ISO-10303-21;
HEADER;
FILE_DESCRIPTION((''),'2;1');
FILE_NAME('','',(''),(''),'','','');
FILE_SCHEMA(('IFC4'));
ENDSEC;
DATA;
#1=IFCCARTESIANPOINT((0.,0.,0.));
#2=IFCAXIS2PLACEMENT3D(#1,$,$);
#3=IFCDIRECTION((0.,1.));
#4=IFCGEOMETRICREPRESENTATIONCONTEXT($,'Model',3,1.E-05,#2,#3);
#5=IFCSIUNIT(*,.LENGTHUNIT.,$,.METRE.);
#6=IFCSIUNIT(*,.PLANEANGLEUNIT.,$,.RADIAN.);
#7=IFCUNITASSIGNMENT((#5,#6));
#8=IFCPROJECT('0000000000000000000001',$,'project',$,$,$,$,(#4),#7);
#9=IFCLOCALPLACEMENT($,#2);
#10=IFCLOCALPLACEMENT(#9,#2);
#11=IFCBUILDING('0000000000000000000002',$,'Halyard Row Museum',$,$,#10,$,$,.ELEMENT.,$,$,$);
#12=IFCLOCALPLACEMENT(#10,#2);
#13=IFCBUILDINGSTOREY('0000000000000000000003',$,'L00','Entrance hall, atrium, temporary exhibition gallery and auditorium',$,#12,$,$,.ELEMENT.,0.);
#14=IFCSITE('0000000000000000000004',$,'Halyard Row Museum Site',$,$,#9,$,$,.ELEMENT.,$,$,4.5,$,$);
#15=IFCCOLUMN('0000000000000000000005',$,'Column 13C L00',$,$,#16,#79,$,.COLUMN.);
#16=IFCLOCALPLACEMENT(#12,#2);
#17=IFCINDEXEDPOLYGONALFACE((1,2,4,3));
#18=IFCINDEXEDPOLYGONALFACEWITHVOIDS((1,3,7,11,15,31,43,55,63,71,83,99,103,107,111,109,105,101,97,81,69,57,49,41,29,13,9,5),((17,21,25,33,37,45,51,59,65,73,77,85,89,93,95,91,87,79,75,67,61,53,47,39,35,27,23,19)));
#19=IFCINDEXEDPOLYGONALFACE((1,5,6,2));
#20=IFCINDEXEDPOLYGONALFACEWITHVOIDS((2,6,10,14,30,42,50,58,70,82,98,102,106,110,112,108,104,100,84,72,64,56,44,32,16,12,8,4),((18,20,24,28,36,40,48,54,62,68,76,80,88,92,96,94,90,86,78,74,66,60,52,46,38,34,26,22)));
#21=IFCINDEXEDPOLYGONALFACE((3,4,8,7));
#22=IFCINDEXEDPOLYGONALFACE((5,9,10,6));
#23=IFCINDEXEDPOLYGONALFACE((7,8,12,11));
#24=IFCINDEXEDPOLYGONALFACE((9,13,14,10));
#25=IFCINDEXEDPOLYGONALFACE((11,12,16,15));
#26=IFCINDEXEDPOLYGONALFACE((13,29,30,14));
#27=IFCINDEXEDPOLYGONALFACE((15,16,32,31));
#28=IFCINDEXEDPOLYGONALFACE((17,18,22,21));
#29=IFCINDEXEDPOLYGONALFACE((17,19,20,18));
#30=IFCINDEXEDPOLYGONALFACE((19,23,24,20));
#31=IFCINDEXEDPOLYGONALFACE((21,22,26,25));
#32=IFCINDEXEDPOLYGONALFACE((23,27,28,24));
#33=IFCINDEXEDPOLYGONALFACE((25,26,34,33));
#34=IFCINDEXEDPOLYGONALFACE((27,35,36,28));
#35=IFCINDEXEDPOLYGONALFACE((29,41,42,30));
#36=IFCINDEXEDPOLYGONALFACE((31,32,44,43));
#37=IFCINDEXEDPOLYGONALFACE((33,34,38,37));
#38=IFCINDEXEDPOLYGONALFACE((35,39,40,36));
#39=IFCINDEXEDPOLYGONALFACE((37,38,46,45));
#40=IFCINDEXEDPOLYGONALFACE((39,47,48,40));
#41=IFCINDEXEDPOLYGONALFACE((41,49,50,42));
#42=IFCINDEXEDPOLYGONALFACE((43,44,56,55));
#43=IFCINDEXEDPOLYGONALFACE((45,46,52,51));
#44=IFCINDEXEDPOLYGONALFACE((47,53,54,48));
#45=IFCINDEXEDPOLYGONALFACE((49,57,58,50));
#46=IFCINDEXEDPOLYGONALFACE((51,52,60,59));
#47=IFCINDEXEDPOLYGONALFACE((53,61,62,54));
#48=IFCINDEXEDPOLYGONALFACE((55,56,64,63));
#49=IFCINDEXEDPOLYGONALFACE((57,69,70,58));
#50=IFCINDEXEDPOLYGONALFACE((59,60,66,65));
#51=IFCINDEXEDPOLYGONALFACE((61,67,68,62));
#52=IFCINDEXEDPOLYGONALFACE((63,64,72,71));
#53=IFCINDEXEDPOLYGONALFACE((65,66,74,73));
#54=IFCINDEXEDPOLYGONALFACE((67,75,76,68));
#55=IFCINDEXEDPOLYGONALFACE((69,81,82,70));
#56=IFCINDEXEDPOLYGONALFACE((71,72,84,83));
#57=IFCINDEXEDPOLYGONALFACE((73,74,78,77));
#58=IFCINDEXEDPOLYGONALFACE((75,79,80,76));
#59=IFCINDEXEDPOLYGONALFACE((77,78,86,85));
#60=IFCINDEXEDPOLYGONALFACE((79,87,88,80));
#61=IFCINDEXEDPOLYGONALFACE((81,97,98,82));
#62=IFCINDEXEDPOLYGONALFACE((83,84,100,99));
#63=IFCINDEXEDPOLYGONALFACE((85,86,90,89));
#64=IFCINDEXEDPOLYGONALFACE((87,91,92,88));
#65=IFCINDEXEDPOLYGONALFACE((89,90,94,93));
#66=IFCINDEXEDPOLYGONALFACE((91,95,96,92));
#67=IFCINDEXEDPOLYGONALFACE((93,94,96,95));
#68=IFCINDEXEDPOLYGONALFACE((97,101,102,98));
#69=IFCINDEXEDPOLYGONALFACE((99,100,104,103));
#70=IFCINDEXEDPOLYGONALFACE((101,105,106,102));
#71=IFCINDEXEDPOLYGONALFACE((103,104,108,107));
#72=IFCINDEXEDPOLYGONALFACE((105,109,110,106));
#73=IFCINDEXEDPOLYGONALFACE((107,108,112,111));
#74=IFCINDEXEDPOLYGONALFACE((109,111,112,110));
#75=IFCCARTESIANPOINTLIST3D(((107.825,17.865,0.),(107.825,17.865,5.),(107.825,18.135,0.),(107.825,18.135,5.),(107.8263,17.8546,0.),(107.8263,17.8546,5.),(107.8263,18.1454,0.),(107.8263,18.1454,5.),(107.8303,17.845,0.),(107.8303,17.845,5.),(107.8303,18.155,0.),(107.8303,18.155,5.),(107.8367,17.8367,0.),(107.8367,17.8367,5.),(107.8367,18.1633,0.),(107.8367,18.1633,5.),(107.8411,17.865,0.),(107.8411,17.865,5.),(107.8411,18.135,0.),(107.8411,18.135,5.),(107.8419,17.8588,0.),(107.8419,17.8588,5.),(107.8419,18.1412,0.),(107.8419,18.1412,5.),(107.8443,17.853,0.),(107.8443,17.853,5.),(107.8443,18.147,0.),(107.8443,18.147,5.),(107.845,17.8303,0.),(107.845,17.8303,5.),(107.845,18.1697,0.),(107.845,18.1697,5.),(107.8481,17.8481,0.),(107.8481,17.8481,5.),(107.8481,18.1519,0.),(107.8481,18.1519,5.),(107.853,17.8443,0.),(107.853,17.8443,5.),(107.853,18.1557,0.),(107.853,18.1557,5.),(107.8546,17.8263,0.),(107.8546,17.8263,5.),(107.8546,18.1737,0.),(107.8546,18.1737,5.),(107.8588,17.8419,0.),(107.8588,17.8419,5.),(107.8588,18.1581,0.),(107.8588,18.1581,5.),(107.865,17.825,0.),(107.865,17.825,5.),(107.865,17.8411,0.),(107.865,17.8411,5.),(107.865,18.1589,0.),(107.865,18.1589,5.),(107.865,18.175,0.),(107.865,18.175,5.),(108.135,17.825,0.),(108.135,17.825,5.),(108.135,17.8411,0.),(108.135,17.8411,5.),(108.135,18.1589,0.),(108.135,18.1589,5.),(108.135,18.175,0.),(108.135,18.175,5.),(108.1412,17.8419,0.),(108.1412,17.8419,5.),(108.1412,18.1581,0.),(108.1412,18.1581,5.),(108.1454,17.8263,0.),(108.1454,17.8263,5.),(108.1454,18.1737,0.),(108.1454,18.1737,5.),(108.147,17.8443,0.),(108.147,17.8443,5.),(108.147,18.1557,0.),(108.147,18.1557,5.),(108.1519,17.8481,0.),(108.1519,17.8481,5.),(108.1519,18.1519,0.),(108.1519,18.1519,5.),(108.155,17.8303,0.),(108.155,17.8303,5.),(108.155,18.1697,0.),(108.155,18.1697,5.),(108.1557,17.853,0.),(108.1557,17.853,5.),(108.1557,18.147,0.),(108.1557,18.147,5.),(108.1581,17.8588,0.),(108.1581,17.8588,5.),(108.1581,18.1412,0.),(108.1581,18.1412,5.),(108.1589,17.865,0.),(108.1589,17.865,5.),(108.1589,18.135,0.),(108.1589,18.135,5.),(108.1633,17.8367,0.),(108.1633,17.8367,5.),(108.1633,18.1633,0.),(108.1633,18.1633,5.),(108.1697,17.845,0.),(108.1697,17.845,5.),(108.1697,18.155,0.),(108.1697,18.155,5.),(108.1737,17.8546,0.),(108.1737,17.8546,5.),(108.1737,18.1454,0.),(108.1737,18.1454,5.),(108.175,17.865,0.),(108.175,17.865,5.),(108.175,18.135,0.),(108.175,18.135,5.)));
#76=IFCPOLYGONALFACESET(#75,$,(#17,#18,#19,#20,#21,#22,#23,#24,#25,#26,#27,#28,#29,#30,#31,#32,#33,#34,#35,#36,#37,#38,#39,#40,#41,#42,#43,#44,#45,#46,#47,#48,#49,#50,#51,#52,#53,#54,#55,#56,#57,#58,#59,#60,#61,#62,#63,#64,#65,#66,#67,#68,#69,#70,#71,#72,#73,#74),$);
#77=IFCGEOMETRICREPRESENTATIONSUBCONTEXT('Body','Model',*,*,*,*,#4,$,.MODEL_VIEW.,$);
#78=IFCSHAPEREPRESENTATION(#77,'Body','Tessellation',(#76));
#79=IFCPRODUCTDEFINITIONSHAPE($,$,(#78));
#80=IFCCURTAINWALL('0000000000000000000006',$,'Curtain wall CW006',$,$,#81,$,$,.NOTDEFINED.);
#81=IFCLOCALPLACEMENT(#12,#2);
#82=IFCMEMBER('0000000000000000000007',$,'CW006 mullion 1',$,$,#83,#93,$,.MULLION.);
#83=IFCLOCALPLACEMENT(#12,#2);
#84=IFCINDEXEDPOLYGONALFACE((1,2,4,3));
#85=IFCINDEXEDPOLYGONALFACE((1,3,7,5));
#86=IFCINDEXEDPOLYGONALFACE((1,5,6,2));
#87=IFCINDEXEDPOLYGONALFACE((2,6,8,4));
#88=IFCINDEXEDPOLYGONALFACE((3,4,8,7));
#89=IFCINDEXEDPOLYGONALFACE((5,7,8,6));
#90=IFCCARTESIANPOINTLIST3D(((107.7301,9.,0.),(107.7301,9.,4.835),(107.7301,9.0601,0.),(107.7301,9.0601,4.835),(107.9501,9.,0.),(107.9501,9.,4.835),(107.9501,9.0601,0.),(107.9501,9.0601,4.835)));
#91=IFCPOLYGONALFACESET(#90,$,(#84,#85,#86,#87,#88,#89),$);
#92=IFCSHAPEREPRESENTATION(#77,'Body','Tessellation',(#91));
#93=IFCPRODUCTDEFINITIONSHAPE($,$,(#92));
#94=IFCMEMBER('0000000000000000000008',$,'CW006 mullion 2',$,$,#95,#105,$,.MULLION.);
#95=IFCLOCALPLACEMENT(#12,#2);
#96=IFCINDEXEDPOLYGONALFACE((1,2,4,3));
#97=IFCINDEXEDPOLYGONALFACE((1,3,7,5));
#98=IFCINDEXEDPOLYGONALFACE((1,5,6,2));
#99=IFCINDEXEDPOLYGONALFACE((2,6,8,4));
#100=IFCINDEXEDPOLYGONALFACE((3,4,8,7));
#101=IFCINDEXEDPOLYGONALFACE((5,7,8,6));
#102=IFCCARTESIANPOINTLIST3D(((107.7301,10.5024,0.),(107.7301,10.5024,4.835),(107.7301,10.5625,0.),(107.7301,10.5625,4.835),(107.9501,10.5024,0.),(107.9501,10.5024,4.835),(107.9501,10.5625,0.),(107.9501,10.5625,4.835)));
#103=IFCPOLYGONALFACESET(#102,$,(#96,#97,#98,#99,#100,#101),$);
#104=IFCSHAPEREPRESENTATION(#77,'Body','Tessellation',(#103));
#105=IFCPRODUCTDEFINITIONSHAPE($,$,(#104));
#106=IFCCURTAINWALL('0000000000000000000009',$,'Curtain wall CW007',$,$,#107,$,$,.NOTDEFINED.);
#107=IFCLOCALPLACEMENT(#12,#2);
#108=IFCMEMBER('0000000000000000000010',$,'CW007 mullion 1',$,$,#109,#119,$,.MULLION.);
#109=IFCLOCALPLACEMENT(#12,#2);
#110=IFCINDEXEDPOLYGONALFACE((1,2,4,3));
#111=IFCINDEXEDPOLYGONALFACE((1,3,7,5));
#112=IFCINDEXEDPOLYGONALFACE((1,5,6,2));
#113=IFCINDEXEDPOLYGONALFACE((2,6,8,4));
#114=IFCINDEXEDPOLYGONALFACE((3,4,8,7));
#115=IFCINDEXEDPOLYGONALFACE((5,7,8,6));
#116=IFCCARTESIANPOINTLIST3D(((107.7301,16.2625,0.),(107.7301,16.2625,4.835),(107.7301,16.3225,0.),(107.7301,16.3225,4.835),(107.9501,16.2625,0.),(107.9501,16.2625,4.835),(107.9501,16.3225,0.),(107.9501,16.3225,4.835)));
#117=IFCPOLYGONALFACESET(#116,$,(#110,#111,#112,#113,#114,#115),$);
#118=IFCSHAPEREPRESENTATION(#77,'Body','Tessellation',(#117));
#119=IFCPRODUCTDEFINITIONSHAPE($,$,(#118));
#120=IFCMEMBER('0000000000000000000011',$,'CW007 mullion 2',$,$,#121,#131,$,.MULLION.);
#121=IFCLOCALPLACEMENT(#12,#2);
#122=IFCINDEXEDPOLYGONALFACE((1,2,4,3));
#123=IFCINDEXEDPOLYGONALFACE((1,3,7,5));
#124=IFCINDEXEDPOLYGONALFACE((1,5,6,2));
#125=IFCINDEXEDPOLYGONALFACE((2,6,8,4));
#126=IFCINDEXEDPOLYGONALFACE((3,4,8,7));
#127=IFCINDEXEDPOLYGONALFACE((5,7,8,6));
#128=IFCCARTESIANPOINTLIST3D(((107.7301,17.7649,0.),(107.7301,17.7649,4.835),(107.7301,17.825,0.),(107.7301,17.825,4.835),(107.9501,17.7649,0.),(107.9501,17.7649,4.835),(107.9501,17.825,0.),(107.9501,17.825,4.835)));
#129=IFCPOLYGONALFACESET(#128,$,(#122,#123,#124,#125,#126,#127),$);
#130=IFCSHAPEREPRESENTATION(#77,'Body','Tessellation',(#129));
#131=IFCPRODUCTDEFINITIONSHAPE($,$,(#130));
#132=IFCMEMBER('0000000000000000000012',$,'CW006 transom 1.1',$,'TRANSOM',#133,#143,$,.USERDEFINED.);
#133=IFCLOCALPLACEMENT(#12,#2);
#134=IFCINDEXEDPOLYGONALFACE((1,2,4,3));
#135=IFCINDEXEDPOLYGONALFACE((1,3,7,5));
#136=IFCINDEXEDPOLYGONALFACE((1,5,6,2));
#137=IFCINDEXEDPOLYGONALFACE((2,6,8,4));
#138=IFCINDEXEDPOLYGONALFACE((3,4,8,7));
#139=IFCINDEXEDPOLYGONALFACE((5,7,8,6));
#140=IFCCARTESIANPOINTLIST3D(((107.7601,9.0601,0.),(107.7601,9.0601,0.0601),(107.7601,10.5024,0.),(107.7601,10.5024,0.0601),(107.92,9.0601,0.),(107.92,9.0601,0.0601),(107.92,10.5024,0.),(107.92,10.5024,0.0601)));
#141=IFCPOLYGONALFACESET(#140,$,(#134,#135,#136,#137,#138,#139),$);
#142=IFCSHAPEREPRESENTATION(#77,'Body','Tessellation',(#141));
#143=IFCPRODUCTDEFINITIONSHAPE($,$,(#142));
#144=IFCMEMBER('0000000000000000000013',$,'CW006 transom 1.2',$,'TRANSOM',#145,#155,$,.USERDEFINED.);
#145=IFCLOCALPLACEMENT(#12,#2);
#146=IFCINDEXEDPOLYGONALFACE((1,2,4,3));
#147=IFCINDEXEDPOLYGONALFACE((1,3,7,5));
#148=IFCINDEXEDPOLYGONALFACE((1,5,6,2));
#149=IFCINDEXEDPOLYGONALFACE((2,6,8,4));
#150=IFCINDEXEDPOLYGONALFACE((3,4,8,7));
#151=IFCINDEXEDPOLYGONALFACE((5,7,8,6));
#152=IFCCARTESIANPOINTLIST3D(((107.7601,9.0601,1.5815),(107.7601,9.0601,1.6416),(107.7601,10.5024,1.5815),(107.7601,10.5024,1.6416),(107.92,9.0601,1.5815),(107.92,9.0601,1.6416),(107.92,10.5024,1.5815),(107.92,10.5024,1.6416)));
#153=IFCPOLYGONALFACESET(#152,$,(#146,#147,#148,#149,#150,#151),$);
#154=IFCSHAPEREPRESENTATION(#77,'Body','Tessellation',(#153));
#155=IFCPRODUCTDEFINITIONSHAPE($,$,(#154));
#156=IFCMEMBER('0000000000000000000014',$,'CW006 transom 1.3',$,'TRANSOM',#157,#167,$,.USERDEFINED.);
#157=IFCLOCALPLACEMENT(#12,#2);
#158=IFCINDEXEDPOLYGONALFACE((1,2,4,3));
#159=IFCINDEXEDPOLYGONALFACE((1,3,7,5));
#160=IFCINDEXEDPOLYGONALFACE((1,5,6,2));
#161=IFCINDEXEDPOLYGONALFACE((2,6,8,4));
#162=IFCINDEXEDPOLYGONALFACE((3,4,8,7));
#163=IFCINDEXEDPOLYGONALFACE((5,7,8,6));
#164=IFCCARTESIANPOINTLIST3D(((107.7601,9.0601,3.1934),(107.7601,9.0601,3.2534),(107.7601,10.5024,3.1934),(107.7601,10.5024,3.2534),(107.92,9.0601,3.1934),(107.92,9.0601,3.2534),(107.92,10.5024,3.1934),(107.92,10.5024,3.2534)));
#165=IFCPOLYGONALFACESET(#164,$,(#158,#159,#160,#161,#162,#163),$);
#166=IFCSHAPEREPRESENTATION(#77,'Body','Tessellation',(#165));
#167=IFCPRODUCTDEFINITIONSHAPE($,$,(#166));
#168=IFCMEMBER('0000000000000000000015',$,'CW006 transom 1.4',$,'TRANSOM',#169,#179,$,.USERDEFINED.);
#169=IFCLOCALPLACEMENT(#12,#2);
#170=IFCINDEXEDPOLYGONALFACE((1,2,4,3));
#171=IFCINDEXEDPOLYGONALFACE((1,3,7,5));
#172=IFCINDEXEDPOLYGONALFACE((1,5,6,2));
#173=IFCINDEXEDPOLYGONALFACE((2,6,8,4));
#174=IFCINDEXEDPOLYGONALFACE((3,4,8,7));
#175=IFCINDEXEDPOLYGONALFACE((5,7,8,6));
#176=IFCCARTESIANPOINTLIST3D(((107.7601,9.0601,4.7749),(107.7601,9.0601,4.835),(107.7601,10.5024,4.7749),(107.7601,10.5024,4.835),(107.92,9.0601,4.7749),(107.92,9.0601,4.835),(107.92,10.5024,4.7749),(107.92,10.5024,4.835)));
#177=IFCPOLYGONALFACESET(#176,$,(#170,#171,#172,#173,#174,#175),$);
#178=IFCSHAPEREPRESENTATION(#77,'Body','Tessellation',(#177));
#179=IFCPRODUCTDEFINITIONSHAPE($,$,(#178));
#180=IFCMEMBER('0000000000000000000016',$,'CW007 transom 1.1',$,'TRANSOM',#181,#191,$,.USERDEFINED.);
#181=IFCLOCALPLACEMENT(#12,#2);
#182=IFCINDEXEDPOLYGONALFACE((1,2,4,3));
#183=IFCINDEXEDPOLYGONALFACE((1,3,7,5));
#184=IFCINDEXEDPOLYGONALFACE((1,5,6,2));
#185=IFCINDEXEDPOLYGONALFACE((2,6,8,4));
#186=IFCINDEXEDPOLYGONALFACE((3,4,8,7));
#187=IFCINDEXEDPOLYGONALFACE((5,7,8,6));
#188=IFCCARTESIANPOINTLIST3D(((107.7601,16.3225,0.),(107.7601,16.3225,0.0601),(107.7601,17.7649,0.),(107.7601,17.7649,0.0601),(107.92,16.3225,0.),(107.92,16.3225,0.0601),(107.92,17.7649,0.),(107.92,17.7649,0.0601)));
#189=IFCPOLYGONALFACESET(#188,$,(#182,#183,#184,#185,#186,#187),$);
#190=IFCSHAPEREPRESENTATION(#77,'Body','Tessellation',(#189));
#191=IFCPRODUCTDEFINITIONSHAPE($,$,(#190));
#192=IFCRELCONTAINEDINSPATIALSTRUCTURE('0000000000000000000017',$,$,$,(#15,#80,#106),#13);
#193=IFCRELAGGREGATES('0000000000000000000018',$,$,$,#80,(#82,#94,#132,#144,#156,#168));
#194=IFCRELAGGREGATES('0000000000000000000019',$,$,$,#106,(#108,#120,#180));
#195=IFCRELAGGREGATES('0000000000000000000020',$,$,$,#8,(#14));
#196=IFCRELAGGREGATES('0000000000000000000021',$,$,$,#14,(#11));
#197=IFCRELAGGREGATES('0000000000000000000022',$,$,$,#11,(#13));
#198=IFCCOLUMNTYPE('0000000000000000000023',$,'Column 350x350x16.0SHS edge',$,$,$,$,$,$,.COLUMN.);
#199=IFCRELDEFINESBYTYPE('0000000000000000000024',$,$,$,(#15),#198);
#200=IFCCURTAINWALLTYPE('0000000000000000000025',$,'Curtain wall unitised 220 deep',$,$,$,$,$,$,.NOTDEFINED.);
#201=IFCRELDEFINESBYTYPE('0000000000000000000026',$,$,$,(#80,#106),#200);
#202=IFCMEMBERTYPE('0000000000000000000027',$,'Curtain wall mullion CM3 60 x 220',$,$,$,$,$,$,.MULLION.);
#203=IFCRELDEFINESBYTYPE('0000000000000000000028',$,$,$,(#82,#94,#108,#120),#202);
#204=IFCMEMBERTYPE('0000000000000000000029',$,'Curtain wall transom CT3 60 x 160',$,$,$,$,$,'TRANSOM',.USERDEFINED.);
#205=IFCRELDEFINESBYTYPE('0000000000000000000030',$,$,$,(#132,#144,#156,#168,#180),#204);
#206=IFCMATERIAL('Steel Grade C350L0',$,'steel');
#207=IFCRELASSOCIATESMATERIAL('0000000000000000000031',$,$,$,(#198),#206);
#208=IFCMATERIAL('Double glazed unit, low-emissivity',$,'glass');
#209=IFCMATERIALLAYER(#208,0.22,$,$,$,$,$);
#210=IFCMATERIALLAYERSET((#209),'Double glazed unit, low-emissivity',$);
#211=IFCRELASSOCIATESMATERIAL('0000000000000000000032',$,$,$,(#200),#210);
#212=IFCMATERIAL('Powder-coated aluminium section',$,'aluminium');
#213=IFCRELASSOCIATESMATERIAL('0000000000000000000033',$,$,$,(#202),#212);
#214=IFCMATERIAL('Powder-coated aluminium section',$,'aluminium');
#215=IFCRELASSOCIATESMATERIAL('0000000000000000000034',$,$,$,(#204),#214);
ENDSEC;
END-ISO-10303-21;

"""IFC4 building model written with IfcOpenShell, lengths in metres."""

from ifc_helpers import new_model, si_unit, direction, frame, origin, origin_2d, place, context, subcontext, project, spatial, rectangle, hollow_rectangle, extrude, material, layer, layer_set, material_profile, profile_set, type_object, element, aggregate, save


model = new_model("IFC4")

# Units and contexts
model_context = context("Model", 3, precision=1e-05, world=origin(), true_north=direction((0.0, 1.0)))
body_context = subcontext(model_context, "Body", "Model", "MODEL_VIEW")
ifc_project = project(units=[si_unit("LENGTHUNIT", "METRE"), si_unit("PLANEANGLEUNIT", "RADIAN")], contexts=[model_context])

# Site, building, storey
site_placement = place(None, origin())
site = spatial("IfcSite", under=ifc_project, at=site_placement, Name="Halyard Row Museum Site", CompositionType="ELEMENT", RefElevation=4.5)
building_placement = place(site_placement, origin())
building = spatial("IfcBuilding", under=site, at=building_placement, Name="Halyard Row Museum", CompositionType="ELEMENT")
storey_placement = place(building_placement, origin())
storey = spatial("IfcBuildingStorey", under=building, at=storey_placement, Name="L00", Description="Entrance hall, atrium, temporary exhibition gallery and auditorium", CompositionType="ELEMENT", Elevation=0.0)

# Column
ifc_material_1 = material(Name="Steel Grade C350L0", Category="steel")
ifc_material_profile_1 = material_profile(ifc_material_1, hollow_rectangle(XDim=0.3501, YDim=0.3501, WallThickness=0.0161, InnerFilletRadius=0.0239, OuterFilletRadius=0.04, at=origin_2d()), Name="350x350x16.0SHS")
ifc_profile_set_1 = profile_set([ifc_material_profile_1], Name="Steel Grade C350L0")
column_type = type_object("IfcColumnType", Name="Column 350x350x16.0SHS edge", PredefinedType="COLUMN", material=ifc_profile_set_1)
column_placement = place(storey_placement, frame((108.0, 18.0, 0.0), z_axis=(0.0, 0.0, 1.0), x_axis=(1.0, 0.0, 0.0)))
element("IfcColumn", 1, at=column_placement, inside=storey, type_object=column_type, Name="Column 13C L00", PredefinedType="COLUMN", context=body_context, shape_type="SweptSolid", body=[
    extrude(hollow_rectangle(XDim=0.3501, YDim=0.3501, WallThickness=0.0161, InnerFilletRadius=0.0239, OuterFilletRadius=0.04, at=origin_2d()), origin(), (0.0, 0.0, 1.0), 5.0),
])

# Curtain walls, members
ifc_material_2 = material(Name="Double glazed unit, low-emissivity", Category="glass")
ifc_layer_1 = layer(ifc_material_2, 0.22)
ifc_layer_set_1 = layer_set([ifc_layer_1], Name="Double glazed unit, low-emissivity")
curtain_wall_type = type_object("IfcCurtainWallType", Name="Curtain wall unitised 220 deep", PredefinedType="NOTDEFINED", material=ifc_layer_set_1)
curtain_wall_1_placement = place(storey_placement, origin())
curtain_wall_1 = element("IfcCurtainWall", 2, at=curtain_wall_1_placement, inside=storey, type_object=curtain_wall_type, Name="Curtain wall CW006", PredefinedType="NOTDEFINED")
ifc_material_3 = material(Name="Powder-coated aluminium section", Category="aluminium")
ifc_material_profile_2 = material_profile(ifc_material_3, rectangle(XDim=0.22, YDim=0.0601, at=origin_2d()), Name="220x60 mullion")
ifc_profile_set_2 = profile_set([ifc_material_profile_2], Name="Powder-coated aluminium section")
member_type_1 = type_object("IfcMemberType", Name="Curtain wall mullion CM3 60 x 220", PredefinedType="MULLION", material=ifc_profile_set_2)
member_1_placement = place(storey_placement, frame((107.8401, 9.03, 0.0), z_axis=(0.0, 0.0, 1.0), x_axis=(-1.0, 0.0, 0.0)))
member_1 = element("IfcMember", 3, at=member_1_placement, type_object=member_type_1, Name="CW006 mullion 1", PredefinedType="MULLION", context=body_context, shape_type="SweptSolid", body=[
    extrude(rectangle(XDim=0.22, YDim=0.0601, at=origin_2d()), origin(), (0.0, 0.0, 1.0), 4.835),
])
member_2_placement = place(storey_placement, frame((107.8401, 10.5325, 0.0), z_axis=(0.0, 0.0, 1.0), x_axis=(-1.0, 0.0, 0.0)))
member_2 = element("IfcMember", 4, at=member_2_placement, type_object=member_type_1, Name="CW006 mullion 2", PredefinedType="MULLION", context=body_context, shape_type="SweptSolid", body=[
    extrude(rectangle(XDim=0.22, YDim=0.0601, at=origin_2d()), origin(), (0.0, 0.0, 1.0), 4.835),
])
curtain_wall_2_placement = place(storey_placement, origin())
curtain_wall_2 = element("IfcCurtainWall", 5, at=curtain_wall_2_placement, inside=storey, type_object=curtain_wall_type, Name="Curtain wall CW007", PredefinedType="NOTDEFINED")
member_3_placement = place(storey_placement, frame((107.8401, 16.2925, 0.0), z_axis=(0.0, 0.0, 1.0), x_axis=(-1.0, 0.0, 0.0)))
member_3 = element("IfcMember", 6, at=member_3_placement, type_object=member_type_1, Name="CW007 mullion 1", PredefinedType="MULLION", context=body_context, shape_type="SweptSolid", body=[
    extrude(rectangle(XDim=0.22, YDim=0.0601, at=origin_2d()), origin(), (0.0, 0.0, 1.0), 4.835),
])
member_4_placement = place(storey_placement, frame((107.8401, 17.7949, 0.0), z_axis=(0.0, 0.0, 1.0), x_axis=(-1.0, 0.0, 0.0)))
member_4 = element("IfcMember", 7, at=member_4_placement, type_object=member_type_1, Name="CW007 mullion 2", PredefinedType="MULLION", context=body_context, shape_type="SweptSolid", body=[
    extrude(rectangle(XDim=0.22, YDim=0.0601, at=origin_2d()), origin(), (0.0, 0.0, 1.0), 4.835),
])

# Members
ifc_material_4 = material(Name="Powder-coated aluminium section", Category="aluminium")
ifc_material_profile_3 = material_profile(ifc_material_4, rectangle(XDim=0.1599, YDim=0.0601, at=origin_2d()), Name="160x60 transom")
ifc_profile_set_3 = profile_set([ifc_material_profile_3], Name="Powder-coated aluminium section")
member_type_2 = type_object("IfcMemberType", Name="Curtain wall transom CT3 60 x 160", ElementType="TRANSOM", PredefinedType="USERDEFINED", material=ifc_profile_set_3)
member_5_placement = place(storey_placement, frame((107.8401, 9.0601, 0.03), z_axis=(0.0, 1.0, 0.0), x_axis=(-1.0, 0.0, 0.0)))
member_5 = element("IfcMember", 8, at=member_5_placement, type_object=member_type_2, Name="CW006 transom 1.1", ObjectType="TRANSOM", PredefinedType="USERDEFINED", context=body_context, shape_type="SweptSolid", body=[
    extrude(rectangle(XDim=0.1599, YDim=0.0601, at=origin_2d()), origin(), (0.0, 0.0, 1.0), 1.4424),
])
member_6_placement = place(storey_placement, frame((107.8401, 9.0601, 1.6116), z_axis=(0.0, 1.0, 0.0), x_axis=(-1.0, 0.0, 0.0)))
member_6 = element("IfcMember", 9, at=member_6_placement, type_object=member_type_2, Name="CW006 transom 1.2", ObjectType="TRANSOM", PredefinedType="USERDEFINED", context=body_context, shape_type="SweptSolid", body=[
    extrude(rectangle(XDim=0.1599, YDim=0.0601, at=origin_2d()), origin(), (0.0, 0.0, 1.0), 1.4424),
])
member_7_placement = place(storey_placement, frame((107.8401, 9.0601, 3.2234), z_axis=(0.0, 1.0, 0.0), x_axis=(-1.0, 0.0, 0.0)))
member_7 = element("IfcMember", 10, at=member_7_placement, type_object=member_type_2, Name="CW006 transom 1.3", ObjectType="TRANSOM", PredefinedType="USERDEFINED", context=body_context, shape_type="SweptSolid", body=[
    extrude(rectangle(XDim=0.1599, YDim=0.0601, at=origin_2d()), origin(), (0.0, 0.0, 1.0), 1.4424),
])
member_8_placement = place(storey_placement, frame((107.8401, 9.0601, 4.8049), z_axis=(0.0, 1.0, 0.0), x_axis=(-1.0, 0.0, 0.0)))
member_8 = element("IfcMember", 11, at=member_8_placement, type_object=member_type_2, Name="CW006 transom 1.4", ObjectType="TRANSOM", PredefinedType="USERDEFINED", context=body_context, shape_type="SweptSolid", body=[
    extrude(rectangle(XDim=0.1599, YDim=0.0601, at=origin_2d()), origin(), (0.0, 0.0, 1.0), 1.4424),
])
member_9_placement = place(storey_placement, frame((107.8401, 16.3225, 0.03), z_axis=(0.0, 1.0, 0.0), x_axis=(-1.0, 0.0, 0.0)))
member_9 = element("IfcMember", 12, at=member_9_placement, type_object=member_type_2, Name="CW007 transom 1.1", ObjectType="TRANSOM", PredefinedType="USERDEFINED", context=body_context, shape_type="SweptSolid", body=[
    extrude(rectangle(XDim=0.1599, YDim=0.0601, at=origin_2d()), origin(), (0.0, 0.0, 1.0), 1.4424),
])

aggregate(curtain_wall_1, [member_1, member_2, member_5, member_6, member_7, member_8])
aggregate(curtain_wall_2, [member_3, member_4, member_9])

save(model, "model.ifc")
